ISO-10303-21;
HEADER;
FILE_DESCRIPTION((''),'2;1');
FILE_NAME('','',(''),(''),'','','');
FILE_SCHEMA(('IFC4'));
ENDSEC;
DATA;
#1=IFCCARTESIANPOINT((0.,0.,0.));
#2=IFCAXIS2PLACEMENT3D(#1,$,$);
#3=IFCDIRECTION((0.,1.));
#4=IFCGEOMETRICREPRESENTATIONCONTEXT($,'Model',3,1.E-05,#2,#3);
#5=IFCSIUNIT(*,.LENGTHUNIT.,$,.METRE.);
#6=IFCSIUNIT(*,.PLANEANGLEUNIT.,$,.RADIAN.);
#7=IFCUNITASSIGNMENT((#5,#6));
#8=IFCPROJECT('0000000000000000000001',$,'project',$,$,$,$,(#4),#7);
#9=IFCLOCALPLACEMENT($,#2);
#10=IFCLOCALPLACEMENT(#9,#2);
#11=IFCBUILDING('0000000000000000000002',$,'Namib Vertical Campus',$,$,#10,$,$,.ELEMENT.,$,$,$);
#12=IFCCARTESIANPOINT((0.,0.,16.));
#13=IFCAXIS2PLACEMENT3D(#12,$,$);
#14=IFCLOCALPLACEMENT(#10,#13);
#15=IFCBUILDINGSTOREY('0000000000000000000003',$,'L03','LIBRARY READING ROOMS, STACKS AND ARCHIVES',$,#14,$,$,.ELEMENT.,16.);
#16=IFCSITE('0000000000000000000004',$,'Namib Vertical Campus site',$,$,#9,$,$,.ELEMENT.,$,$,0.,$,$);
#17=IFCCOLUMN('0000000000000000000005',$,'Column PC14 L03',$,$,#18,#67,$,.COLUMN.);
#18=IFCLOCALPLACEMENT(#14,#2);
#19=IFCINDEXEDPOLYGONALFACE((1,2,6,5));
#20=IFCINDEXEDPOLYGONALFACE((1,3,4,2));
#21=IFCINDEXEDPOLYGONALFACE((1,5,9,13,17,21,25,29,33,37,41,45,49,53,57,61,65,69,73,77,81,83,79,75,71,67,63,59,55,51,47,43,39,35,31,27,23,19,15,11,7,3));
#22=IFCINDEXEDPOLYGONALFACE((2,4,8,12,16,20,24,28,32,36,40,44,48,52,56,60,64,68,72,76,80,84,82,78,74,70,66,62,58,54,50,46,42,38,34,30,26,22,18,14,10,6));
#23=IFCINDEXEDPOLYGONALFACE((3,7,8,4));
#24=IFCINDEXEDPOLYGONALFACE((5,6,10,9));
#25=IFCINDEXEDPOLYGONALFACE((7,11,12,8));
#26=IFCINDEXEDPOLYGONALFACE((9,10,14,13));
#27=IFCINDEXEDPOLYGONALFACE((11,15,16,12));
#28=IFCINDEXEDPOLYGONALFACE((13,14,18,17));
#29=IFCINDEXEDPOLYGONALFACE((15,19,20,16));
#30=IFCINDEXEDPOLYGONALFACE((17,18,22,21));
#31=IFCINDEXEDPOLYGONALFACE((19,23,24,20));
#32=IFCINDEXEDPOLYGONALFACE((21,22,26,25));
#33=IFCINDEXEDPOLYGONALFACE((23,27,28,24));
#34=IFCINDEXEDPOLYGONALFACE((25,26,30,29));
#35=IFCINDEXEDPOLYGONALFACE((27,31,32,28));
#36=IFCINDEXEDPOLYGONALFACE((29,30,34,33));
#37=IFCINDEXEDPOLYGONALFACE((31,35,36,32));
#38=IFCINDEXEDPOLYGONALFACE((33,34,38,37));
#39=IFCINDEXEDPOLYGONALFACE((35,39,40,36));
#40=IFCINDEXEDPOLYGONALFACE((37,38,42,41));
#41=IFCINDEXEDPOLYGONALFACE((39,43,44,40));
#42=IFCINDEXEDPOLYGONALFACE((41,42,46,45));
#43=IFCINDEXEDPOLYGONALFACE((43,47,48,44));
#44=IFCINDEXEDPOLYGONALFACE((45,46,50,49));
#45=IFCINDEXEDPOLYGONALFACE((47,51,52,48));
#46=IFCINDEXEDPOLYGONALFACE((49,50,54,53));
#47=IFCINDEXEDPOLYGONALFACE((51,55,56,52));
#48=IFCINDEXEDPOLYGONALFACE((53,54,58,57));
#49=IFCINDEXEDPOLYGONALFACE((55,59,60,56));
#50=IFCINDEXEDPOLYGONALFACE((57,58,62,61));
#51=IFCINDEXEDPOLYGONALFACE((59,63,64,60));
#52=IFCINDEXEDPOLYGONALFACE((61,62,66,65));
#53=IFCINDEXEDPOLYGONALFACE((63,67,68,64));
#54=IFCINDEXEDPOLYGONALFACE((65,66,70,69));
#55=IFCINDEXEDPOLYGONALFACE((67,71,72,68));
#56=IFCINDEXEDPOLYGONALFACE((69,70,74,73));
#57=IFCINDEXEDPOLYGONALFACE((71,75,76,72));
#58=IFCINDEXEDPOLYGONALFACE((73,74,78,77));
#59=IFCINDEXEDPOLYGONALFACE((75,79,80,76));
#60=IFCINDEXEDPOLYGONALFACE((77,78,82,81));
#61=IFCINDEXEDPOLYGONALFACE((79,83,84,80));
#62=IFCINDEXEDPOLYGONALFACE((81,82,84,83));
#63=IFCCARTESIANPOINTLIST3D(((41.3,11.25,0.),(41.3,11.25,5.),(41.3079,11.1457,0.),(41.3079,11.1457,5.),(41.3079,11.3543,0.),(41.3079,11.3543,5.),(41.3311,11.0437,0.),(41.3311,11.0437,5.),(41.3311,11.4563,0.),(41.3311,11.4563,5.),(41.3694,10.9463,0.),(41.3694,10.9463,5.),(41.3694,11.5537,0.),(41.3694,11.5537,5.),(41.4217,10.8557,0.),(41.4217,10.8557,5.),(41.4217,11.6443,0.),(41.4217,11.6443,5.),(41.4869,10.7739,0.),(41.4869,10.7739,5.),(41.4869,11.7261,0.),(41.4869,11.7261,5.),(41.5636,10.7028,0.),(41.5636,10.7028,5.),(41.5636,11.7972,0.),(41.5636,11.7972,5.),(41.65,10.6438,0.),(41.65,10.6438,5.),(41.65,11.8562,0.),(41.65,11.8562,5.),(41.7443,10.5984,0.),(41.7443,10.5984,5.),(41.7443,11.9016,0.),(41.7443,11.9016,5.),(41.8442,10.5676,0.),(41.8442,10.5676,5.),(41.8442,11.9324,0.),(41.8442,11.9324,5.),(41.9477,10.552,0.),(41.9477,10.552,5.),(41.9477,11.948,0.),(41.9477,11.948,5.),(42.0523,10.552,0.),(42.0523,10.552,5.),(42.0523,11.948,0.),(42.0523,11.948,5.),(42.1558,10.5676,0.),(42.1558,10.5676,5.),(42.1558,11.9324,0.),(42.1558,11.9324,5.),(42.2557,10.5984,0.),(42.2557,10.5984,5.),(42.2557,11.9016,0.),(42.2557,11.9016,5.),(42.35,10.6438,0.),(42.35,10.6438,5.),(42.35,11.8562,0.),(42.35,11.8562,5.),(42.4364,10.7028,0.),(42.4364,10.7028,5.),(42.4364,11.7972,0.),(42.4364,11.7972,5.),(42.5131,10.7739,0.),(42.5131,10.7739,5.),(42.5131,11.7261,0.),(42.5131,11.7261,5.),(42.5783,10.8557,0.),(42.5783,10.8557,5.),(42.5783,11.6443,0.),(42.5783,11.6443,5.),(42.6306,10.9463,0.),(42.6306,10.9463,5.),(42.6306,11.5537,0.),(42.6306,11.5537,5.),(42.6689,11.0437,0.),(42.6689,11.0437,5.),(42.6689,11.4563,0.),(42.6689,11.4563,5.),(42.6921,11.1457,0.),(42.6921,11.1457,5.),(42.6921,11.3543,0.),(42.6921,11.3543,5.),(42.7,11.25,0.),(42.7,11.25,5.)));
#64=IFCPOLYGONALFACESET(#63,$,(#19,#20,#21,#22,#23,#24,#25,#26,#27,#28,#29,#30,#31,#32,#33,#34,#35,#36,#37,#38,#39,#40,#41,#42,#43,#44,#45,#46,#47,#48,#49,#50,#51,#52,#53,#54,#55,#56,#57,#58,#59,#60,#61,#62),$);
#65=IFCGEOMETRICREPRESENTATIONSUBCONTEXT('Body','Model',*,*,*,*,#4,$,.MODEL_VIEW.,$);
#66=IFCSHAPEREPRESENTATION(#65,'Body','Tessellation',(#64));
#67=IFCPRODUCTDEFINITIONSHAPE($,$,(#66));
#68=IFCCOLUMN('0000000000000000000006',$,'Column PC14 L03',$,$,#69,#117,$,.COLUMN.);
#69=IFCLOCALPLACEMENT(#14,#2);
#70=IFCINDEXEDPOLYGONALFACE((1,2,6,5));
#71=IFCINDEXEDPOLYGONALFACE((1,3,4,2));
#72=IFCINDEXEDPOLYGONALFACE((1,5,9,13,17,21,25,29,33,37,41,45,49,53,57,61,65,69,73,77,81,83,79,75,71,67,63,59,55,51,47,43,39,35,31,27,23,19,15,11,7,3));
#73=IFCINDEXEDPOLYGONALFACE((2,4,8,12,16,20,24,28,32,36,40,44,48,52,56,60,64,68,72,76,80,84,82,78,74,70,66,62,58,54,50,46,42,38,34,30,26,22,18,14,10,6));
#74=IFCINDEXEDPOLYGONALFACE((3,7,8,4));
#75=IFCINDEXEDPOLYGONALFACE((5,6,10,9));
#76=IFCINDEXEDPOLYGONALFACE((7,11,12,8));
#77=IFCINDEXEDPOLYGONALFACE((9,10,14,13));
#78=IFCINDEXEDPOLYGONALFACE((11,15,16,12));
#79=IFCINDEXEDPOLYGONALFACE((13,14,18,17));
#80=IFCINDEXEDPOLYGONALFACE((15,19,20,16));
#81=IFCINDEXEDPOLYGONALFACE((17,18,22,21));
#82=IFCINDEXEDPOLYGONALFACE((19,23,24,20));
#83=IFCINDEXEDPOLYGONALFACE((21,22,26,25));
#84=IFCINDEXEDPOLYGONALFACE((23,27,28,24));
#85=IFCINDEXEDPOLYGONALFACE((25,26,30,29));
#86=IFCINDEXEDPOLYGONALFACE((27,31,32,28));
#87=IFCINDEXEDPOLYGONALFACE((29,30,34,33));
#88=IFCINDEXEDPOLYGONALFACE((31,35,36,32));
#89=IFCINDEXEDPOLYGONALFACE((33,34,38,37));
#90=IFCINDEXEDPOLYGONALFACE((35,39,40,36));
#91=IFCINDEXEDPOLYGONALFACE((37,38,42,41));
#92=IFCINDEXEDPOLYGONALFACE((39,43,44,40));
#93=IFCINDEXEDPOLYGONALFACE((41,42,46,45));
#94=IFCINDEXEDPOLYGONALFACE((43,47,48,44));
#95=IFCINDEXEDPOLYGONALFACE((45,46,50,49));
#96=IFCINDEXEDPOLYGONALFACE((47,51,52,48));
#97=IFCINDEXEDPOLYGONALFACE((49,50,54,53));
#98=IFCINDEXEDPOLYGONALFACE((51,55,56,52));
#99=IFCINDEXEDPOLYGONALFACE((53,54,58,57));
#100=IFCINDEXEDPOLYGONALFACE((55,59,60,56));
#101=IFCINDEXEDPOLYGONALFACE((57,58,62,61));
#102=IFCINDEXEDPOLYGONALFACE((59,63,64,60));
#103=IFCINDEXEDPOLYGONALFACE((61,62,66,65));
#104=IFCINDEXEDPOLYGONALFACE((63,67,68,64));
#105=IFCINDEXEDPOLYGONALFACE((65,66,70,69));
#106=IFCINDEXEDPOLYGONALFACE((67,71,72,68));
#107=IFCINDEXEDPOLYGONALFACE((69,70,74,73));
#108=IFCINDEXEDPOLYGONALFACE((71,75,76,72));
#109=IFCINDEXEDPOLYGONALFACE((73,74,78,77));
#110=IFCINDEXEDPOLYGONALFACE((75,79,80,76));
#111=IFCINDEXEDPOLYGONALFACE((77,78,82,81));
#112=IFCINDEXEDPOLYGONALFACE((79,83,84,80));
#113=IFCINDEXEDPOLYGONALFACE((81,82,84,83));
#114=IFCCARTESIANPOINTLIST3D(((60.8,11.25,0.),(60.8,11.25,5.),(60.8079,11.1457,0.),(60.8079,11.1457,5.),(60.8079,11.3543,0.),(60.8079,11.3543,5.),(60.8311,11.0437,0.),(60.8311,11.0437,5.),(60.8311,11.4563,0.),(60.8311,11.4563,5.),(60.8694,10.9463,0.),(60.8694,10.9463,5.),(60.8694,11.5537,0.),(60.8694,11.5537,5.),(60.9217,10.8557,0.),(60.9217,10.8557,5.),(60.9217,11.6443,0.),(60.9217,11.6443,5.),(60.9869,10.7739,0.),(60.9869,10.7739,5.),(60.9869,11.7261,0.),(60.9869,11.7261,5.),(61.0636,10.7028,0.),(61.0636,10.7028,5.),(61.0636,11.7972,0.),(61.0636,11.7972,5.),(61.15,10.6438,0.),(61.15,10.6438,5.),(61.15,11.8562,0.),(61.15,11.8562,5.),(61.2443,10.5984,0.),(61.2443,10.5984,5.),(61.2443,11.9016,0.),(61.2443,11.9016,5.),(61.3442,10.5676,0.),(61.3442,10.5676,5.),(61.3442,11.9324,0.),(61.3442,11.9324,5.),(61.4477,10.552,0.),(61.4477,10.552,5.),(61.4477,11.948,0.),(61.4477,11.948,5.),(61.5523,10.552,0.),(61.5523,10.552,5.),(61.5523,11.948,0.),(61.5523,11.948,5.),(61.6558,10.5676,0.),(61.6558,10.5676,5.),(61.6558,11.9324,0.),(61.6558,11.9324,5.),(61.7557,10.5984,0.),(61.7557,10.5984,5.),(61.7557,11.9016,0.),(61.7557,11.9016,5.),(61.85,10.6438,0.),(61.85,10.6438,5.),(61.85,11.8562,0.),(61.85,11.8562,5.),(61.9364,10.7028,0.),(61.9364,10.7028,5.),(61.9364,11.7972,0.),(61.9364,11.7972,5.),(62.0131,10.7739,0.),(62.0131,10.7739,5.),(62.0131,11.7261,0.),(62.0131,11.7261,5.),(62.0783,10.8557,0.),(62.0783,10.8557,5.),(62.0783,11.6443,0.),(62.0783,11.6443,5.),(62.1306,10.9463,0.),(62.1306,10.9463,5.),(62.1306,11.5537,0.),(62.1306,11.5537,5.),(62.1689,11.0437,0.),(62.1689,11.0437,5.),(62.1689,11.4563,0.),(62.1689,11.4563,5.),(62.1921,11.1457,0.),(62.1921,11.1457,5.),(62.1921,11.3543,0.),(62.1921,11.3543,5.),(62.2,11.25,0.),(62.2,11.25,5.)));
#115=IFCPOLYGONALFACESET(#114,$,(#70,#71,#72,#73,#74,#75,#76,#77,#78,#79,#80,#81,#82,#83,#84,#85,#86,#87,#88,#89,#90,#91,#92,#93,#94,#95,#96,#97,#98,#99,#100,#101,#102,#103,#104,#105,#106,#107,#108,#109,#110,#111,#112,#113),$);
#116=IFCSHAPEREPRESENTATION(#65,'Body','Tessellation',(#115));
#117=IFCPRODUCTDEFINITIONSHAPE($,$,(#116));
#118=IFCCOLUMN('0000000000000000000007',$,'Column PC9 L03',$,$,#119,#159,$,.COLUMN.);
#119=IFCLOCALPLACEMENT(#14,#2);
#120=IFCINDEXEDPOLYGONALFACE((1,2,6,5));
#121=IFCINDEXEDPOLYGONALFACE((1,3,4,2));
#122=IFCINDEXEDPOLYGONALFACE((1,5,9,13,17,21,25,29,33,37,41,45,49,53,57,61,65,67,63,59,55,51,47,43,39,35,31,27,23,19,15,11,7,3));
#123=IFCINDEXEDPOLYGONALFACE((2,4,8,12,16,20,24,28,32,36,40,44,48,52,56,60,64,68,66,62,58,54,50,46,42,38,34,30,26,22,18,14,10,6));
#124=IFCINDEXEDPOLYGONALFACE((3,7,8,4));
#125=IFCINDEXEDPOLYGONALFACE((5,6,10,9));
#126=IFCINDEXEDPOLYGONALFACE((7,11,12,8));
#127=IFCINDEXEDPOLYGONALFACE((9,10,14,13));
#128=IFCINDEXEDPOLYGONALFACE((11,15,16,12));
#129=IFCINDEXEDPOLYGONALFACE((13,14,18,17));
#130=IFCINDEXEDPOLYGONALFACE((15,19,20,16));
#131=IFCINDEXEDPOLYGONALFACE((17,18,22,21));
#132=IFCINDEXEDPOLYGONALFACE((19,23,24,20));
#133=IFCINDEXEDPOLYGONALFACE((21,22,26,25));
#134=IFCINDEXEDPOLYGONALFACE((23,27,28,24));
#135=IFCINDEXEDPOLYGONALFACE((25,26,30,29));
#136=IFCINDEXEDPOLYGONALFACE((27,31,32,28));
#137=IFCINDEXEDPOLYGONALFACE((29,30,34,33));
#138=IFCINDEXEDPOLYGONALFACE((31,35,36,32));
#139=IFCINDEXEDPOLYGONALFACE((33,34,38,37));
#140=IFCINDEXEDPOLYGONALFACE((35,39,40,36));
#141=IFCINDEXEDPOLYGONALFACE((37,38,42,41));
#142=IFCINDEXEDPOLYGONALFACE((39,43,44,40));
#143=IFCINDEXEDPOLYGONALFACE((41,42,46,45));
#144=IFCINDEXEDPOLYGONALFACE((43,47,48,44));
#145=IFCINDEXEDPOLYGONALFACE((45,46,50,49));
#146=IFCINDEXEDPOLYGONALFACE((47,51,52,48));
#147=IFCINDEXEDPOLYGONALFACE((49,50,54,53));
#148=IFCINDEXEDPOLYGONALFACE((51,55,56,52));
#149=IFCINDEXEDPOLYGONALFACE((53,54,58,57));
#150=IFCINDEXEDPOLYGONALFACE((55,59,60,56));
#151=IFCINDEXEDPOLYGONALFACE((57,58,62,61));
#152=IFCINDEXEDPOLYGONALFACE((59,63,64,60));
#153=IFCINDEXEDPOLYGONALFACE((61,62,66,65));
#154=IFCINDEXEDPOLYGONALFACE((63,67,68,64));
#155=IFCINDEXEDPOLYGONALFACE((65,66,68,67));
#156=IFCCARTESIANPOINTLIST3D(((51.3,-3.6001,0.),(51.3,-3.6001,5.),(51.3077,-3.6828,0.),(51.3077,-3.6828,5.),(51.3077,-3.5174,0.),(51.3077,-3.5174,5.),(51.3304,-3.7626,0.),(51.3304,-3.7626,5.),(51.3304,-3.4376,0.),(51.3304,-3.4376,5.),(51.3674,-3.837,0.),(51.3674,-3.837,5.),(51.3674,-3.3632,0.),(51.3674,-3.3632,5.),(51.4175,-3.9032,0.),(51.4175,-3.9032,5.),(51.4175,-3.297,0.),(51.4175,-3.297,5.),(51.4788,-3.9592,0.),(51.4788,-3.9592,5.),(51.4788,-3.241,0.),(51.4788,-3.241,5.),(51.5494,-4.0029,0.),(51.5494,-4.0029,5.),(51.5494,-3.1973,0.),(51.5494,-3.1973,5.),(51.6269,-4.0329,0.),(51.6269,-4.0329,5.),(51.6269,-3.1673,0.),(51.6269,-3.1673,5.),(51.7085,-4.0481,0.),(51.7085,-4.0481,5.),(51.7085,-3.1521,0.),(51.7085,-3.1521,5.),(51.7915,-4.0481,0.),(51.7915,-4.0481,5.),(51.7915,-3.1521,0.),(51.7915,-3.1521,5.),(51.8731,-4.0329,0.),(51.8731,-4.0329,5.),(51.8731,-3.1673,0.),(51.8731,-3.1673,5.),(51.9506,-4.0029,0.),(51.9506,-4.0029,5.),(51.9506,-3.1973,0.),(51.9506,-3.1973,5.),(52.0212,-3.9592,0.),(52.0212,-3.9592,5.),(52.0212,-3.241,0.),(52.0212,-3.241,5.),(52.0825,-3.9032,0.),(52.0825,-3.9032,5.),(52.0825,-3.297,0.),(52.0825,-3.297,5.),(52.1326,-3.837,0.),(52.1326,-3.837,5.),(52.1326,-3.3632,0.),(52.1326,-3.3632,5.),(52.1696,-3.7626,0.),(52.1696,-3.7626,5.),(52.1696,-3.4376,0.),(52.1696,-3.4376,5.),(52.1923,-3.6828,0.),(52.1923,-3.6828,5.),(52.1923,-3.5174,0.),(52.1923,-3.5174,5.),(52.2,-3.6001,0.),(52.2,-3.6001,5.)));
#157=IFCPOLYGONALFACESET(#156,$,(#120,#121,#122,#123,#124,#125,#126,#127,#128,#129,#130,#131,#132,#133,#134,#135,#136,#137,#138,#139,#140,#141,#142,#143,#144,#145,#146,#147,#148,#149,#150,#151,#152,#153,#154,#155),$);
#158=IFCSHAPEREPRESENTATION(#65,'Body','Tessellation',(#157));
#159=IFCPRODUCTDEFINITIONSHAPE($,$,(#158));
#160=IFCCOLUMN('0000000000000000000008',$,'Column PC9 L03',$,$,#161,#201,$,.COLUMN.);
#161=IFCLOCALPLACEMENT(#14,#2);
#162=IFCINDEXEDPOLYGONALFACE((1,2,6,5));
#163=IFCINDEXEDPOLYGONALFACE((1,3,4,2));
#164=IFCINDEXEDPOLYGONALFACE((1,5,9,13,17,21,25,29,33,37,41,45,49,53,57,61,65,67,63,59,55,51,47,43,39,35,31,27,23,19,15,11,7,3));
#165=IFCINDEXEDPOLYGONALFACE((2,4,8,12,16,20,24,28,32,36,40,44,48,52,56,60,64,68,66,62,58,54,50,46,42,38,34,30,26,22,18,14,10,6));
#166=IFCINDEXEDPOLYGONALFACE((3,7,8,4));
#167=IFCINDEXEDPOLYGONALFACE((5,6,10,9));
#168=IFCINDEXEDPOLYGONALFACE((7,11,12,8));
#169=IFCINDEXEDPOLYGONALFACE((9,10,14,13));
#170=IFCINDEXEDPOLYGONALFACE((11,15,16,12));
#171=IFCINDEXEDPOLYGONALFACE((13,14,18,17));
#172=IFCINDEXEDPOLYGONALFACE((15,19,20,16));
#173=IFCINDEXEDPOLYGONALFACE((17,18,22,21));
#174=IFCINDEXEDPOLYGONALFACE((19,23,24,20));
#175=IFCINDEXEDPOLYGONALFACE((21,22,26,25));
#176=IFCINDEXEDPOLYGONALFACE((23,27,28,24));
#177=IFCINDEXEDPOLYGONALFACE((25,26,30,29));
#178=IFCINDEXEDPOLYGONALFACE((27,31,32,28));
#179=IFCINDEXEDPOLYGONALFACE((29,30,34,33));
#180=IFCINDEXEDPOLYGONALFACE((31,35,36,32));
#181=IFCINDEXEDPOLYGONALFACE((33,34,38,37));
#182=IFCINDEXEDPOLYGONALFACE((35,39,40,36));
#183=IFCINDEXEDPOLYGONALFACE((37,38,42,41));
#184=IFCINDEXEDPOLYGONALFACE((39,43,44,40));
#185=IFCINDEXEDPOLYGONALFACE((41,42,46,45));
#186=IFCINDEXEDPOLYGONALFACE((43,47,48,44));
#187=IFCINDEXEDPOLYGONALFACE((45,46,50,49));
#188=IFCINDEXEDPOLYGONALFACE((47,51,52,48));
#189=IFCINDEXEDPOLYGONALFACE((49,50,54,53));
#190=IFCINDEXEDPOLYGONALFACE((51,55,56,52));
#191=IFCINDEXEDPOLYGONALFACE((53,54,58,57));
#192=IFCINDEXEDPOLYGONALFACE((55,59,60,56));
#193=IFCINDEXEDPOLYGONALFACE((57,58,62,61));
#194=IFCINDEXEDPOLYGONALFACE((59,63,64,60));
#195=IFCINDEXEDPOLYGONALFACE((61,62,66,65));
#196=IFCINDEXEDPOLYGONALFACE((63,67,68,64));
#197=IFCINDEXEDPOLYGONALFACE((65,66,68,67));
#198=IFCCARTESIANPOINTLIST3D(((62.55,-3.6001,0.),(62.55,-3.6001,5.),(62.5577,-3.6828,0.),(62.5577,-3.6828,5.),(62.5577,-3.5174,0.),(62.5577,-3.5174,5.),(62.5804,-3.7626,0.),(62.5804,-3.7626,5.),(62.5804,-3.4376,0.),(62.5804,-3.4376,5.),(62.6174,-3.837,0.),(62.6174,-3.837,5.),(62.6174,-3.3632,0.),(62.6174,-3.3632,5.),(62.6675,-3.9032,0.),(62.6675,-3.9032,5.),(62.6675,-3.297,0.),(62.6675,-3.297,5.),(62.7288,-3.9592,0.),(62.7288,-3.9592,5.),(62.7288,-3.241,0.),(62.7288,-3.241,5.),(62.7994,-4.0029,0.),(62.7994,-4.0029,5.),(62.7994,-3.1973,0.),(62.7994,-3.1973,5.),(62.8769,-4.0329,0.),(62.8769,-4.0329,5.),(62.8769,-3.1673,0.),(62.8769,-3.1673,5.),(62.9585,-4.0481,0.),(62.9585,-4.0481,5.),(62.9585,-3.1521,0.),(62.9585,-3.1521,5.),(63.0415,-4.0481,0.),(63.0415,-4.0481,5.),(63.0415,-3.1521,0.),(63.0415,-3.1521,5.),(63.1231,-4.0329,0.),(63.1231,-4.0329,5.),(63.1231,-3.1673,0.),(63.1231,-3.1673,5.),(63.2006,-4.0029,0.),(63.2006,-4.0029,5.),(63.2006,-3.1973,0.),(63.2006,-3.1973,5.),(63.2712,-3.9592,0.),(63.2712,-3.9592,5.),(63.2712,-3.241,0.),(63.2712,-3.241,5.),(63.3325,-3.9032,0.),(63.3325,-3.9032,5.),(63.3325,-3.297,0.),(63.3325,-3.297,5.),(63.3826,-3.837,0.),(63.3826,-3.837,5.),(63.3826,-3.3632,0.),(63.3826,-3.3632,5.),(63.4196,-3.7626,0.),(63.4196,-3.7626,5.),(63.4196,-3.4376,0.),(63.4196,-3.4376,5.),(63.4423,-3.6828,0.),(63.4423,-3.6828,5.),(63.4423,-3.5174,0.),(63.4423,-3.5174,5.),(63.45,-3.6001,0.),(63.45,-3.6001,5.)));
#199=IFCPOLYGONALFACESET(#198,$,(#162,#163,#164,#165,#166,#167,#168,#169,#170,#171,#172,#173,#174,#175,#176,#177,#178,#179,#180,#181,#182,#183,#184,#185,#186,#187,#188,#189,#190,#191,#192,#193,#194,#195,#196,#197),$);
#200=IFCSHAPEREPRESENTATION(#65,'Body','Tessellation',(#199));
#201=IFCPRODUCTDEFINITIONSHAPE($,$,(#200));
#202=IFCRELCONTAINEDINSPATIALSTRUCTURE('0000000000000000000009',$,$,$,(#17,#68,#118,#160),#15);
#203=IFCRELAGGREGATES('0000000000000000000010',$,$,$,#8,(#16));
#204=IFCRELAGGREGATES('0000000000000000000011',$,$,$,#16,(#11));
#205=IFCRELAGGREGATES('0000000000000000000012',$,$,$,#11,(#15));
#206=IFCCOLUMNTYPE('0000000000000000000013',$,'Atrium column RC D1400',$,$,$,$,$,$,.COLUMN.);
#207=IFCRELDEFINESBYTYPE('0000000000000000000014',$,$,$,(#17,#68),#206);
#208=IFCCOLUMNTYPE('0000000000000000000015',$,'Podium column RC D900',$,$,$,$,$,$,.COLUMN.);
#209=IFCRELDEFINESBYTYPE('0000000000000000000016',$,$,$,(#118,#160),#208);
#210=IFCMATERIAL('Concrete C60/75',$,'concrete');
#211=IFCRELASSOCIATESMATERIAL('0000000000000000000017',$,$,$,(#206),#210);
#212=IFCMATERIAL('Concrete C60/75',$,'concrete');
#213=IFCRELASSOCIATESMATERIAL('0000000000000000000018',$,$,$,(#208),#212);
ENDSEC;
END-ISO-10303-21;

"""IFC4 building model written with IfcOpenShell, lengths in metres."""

from ifc_helpers import new_model, si_unit, direction, frame, origin, origin_2d, place, context, subcontext, project, spatial, circle, extrude, material, material_profile, profile_set, type_object, element, save


model = new_model("IFC4")

# Units and contexts
model_context = context("Model", 3, precision=1e-05, world=origin(), true_north=direction((0.0, 1.0)))
body_context = subcontext(model_context, "Body", "Model", "MODEL_VIEW")
ifc_project = project(units=[si_unit("LENGTHUNIT", "METRE"), si_unit("PLANEANGLEUNIT", "RADIAN")], contexts=[model_context])

# Site, building, storey
site_placement = place(None, origin())
site = spatial("IfcSite", under=ifc_project, at=site_placement, Name="Namib Vertical Campus site", CompositionType="ELEMENT", RefElevation=0.0)
building_placement = place(site_placement, origin())
building = spatial("IfcBuilding", under=site, at=building_placement, Name="Namib Vertical Campus", CompositionType="ELEMENT")
storey_placement = place(building_placement, frame((0.0, 0.0, 16.0)))
storey = spatial("IfcBuildingStorey", under=building, at=storey_placement, Name="L03", Description="LIBRARY READING ROOMS, STACKS AND ARCHIVES", CompositionType="ELEMENT", Elevation=16.0)

# Columns
ifc_material_1 = material(Name="Concrete C60/75", Category="concrete")
ifc_material_profile_1 = material_profile(ifc_material_1, circle(Radius=0.7, at=origin_2d()))
ifc_profile_set_1 = profile_set([ifc_material_profile_1], Name="Concrete C60/75")
column_type_1 = type_object("IfcColumnType", Name="Atrium column RC D1400", PredefinedType="COLUMN", material=ifc_profile_set_1)
for number, where, z_axis, x_axis, name in (
    (1, (42.0, 11.25, 0.0), (0.0, 0.0, 1.0), (1.0, 0.0, 0.0), "Column PC14 L03"),
    (2, (61.5, 11.25, 0.0), (0.0, 0.0, 1.0), (1.0, 0.0, 0.0), "Column PC14 L03"),
):
    element("IfcColumn", number, at=place(storey_placement, frame(where, z_axis=z_axis, x_axis=x_axis)), inside=storey, type_object=column_type_1, Name=name, PredefinedType="COLUMN", context=body_context, shape_type="SweptSolid", body=[
        extrude(circle(Radius=0.7, at=origin_2d()), origin(), (0.0, 0.0, 1.0), 5.0),
    ])
ifc_material_2 = material(Name="Concrete C60/75", Category="concrete")
ifc_material_profile_2 = material_profile(ifc_material_2, circle(Radius=0.45, at=origin_2d()))
ifc_profile_set_2 = profile_set([ifc_material_profile_2], Name="Concrete C60/75")
column_type_2 = type_object("IfcColumnType", Name="Podium column RC D900", PredefinedType="COLUMN", material=ifc_profile_set_2)
for number, where, z_axis, x_axis, name in (
    (3, (51.75, -3.6001, 0.0), (0.0, 0.0, 1.0), (1.0, 0.0, 0.0), "Column PC9 L03"),
    (4, (63.0, -3.6001, 0.0), (0.0, 0.0, 1.0), (1.0, 0.0, 0.0), "Column PC9 L03"),
):
    element("IfcColumn", number, at=place(storey_placement, frame(where, z_axis=z_axis, x_axis=x_axis)), inside=storey, type_object=column_type_2, Name=name, PredefinedType="COLUMN", context=body_context, shape_type="SweptSolid", body=[
        extrude(circle(Radius=0.45, at=origin_2d()), origin(), (0.0, 0.0, 1.0), 5.0),
    ])

save(model, "model.ifc")
